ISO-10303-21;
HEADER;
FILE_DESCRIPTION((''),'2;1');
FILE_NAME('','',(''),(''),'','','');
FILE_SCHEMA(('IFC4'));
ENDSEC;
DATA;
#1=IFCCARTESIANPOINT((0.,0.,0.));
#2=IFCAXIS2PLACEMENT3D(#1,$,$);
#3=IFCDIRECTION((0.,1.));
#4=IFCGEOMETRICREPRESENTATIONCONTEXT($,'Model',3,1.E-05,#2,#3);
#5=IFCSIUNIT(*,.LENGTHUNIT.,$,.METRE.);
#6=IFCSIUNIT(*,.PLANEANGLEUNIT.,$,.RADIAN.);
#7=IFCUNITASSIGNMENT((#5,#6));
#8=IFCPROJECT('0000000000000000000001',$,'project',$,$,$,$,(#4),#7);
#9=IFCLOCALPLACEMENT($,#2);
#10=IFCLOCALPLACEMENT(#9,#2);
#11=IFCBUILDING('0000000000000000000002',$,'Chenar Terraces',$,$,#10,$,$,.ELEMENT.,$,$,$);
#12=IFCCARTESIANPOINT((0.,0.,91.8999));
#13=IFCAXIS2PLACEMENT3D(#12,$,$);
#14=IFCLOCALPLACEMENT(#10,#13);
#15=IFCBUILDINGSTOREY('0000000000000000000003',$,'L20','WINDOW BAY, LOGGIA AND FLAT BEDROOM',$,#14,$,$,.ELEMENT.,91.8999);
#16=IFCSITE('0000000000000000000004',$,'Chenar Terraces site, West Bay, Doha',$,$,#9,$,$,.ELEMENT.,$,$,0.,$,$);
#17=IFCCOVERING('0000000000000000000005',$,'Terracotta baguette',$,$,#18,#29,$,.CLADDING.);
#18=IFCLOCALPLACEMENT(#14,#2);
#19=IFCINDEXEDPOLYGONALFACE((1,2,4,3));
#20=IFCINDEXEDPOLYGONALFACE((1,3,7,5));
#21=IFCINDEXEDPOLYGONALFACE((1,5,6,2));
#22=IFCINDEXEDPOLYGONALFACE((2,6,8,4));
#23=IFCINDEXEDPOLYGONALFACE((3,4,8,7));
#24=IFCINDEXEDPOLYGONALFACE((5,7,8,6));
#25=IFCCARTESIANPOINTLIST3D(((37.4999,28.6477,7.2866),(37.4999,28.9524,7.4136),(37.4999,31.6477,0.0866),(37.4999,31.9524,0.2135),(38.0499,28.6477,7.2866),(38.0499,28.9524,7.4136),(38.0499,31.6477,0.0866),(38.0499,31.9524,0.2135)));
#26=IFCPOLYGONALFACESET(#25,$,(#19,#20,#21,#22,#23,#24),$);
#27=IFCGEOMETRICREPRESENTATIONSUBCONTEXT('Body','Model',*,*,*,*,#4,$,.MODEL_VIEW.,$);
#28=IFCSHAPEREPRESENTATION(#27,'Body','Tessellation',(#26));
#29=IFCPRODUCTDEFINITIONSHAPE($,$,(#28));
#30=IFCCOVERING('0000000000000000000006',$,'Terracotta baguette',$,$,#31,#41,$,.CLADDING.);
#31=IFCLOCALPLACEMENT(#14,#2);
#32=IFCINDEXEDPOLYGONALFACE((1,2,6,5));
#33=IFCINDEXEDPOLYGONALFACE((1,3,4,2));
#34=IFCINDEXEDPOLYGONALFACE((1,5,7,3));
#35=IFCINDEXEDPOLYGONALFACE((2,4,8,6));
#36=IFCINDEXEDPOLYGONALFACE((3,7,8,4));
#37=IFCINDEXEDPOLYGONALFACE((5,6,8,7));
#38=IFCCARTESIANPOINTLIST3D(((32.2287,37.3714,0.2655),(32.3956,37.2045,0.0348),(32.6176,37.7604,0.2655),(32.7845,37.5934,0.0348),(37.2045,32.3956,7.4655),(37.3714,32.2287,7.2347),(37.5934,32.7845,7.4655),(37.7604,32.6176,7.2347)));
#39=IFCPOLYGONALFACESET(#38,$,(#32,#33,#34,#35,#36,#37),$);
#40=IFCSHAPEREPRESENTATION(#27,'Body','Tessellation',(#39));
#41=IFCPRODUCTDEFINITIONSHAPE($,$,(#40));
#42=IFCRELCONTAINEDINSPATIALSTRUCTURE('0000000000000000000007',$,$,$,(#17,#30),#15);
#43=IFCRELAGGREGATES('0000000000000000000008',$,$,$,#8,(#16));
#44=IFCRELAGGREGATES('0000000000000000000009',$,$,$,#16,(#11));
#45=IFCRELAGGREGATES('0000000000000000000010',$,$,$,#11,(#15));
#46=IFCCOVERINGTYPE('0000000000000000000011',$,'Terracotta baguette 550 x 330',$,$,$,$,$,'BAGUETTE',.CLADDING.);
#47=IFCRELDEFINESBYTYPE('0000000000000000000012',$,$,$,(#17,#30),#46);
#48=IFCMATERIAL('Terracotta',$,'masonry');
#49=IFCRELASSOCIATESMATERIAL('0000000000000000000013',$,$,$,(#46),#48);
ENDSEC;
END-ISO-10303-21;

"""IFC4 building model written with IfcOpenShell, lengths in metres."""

from ifc_helpers import new_model, si_unit, direction, frame, origin, origin_2d, place, context, subcontext, project, spatial, rectangle, extrude, material, material_profile, profile_set, type_object, element, save


model = new_model("IFC4")

# Units and contexts
model_context = context("Model", 3, precision=1e-05, world=origin(), true_north=direction((0.0, 1.0)))
body_context = subcontext(model_context, "Body", "Model", "MODEL_VIEW")
ifc_project = project(units=[si_unit("LENGTHUNIT", "METRE"), si_unit("PLANEANGLEUNIT", "RADIAN")], contexts=[model_context])

# Site, building, storey
site_placement = place(None, origin())
site = spatial("IfcSite", under=ifc_project, at=site_placement, Name="Chenar Terraces site, West Bay, Doha", CompositionType="ELEMENT", RefElevation=0.0)
building_placement = place(site_placement, origin())
building = spatial("IfcBuilding", under=site, at=building_placement, Name="Chenar Terraces", CompositionType="ELEMENT")
storey_placement = place(building_placement, frame((0.0, 0.0, 91.8999)))
storey = spatial("IfcBuildingStorey", under=building, at=storey_placement, Name="L20", Description="WINDOW BAY, LOGGIA AND FLAT BEDROOM", CompositionType="ELEMENT", Elevation=91.8999)

# Coverings
ifc_material_1 = material(Name="Terracotta", Category="masonry")
ifc_material_profile_1 = material_profile(ifc_material_1, rectangle(XDim=0.55, YDim=0.3301, at=origin_2d()), Name="Terracotta baguette 550 x 330")
ifc_profile_set_1 = profile_set([ifc_material_profile_1], Name="Terracotta")
covering_type = type_object("IfcCoveringType", Name="Terracotta baguette 550 x 330", ElementType="BAGUETTE", PredefinedType="CLADDING", material=ifc_profile_set_1)
covering_1_placement = place(storey_placement, frame((37.7749, 28.8, 7.3501), z_axis=(0.0, 0.384618, -0.923076), x_axis=(-1.0, 0.0, 0.0)))
element("IfcCovering", 1, at=covering_1_placement, inside=storey, type_object=covering_type, Name="Terracotta baguette", PredefinedType="CLADDING", context=body_context, shape_type="SweptSolid", body=[
    extrude(rectangle(XDim=0.55, YDim=0.3301, at=origin_2d()), origin(), (0.0, 0.0, 1.0), 7.8),
])
covering_2_placement = place(storey_placement, frame((37.4824, 32.5066, 7.3501), z_axis=(-0.494241, 0.494241, -0.715159), x_axis=(-0.707107, -0.707107, 0.0)))
element("IfcCovering", 2, at=covering_2_placement, inside=storey, type_object=covering_type, Name="Terracotta baguette", PredefinedType="CLADDING", context=body_context, shape_type="SweptSolid", body=[
    extrude(rectangle(XDim=0.55, YDim=0.3301, at=origin_2d()), origin(), (0.0, 0.0, 1.0), 10.0676),
])

save(model, "model.ifc")
